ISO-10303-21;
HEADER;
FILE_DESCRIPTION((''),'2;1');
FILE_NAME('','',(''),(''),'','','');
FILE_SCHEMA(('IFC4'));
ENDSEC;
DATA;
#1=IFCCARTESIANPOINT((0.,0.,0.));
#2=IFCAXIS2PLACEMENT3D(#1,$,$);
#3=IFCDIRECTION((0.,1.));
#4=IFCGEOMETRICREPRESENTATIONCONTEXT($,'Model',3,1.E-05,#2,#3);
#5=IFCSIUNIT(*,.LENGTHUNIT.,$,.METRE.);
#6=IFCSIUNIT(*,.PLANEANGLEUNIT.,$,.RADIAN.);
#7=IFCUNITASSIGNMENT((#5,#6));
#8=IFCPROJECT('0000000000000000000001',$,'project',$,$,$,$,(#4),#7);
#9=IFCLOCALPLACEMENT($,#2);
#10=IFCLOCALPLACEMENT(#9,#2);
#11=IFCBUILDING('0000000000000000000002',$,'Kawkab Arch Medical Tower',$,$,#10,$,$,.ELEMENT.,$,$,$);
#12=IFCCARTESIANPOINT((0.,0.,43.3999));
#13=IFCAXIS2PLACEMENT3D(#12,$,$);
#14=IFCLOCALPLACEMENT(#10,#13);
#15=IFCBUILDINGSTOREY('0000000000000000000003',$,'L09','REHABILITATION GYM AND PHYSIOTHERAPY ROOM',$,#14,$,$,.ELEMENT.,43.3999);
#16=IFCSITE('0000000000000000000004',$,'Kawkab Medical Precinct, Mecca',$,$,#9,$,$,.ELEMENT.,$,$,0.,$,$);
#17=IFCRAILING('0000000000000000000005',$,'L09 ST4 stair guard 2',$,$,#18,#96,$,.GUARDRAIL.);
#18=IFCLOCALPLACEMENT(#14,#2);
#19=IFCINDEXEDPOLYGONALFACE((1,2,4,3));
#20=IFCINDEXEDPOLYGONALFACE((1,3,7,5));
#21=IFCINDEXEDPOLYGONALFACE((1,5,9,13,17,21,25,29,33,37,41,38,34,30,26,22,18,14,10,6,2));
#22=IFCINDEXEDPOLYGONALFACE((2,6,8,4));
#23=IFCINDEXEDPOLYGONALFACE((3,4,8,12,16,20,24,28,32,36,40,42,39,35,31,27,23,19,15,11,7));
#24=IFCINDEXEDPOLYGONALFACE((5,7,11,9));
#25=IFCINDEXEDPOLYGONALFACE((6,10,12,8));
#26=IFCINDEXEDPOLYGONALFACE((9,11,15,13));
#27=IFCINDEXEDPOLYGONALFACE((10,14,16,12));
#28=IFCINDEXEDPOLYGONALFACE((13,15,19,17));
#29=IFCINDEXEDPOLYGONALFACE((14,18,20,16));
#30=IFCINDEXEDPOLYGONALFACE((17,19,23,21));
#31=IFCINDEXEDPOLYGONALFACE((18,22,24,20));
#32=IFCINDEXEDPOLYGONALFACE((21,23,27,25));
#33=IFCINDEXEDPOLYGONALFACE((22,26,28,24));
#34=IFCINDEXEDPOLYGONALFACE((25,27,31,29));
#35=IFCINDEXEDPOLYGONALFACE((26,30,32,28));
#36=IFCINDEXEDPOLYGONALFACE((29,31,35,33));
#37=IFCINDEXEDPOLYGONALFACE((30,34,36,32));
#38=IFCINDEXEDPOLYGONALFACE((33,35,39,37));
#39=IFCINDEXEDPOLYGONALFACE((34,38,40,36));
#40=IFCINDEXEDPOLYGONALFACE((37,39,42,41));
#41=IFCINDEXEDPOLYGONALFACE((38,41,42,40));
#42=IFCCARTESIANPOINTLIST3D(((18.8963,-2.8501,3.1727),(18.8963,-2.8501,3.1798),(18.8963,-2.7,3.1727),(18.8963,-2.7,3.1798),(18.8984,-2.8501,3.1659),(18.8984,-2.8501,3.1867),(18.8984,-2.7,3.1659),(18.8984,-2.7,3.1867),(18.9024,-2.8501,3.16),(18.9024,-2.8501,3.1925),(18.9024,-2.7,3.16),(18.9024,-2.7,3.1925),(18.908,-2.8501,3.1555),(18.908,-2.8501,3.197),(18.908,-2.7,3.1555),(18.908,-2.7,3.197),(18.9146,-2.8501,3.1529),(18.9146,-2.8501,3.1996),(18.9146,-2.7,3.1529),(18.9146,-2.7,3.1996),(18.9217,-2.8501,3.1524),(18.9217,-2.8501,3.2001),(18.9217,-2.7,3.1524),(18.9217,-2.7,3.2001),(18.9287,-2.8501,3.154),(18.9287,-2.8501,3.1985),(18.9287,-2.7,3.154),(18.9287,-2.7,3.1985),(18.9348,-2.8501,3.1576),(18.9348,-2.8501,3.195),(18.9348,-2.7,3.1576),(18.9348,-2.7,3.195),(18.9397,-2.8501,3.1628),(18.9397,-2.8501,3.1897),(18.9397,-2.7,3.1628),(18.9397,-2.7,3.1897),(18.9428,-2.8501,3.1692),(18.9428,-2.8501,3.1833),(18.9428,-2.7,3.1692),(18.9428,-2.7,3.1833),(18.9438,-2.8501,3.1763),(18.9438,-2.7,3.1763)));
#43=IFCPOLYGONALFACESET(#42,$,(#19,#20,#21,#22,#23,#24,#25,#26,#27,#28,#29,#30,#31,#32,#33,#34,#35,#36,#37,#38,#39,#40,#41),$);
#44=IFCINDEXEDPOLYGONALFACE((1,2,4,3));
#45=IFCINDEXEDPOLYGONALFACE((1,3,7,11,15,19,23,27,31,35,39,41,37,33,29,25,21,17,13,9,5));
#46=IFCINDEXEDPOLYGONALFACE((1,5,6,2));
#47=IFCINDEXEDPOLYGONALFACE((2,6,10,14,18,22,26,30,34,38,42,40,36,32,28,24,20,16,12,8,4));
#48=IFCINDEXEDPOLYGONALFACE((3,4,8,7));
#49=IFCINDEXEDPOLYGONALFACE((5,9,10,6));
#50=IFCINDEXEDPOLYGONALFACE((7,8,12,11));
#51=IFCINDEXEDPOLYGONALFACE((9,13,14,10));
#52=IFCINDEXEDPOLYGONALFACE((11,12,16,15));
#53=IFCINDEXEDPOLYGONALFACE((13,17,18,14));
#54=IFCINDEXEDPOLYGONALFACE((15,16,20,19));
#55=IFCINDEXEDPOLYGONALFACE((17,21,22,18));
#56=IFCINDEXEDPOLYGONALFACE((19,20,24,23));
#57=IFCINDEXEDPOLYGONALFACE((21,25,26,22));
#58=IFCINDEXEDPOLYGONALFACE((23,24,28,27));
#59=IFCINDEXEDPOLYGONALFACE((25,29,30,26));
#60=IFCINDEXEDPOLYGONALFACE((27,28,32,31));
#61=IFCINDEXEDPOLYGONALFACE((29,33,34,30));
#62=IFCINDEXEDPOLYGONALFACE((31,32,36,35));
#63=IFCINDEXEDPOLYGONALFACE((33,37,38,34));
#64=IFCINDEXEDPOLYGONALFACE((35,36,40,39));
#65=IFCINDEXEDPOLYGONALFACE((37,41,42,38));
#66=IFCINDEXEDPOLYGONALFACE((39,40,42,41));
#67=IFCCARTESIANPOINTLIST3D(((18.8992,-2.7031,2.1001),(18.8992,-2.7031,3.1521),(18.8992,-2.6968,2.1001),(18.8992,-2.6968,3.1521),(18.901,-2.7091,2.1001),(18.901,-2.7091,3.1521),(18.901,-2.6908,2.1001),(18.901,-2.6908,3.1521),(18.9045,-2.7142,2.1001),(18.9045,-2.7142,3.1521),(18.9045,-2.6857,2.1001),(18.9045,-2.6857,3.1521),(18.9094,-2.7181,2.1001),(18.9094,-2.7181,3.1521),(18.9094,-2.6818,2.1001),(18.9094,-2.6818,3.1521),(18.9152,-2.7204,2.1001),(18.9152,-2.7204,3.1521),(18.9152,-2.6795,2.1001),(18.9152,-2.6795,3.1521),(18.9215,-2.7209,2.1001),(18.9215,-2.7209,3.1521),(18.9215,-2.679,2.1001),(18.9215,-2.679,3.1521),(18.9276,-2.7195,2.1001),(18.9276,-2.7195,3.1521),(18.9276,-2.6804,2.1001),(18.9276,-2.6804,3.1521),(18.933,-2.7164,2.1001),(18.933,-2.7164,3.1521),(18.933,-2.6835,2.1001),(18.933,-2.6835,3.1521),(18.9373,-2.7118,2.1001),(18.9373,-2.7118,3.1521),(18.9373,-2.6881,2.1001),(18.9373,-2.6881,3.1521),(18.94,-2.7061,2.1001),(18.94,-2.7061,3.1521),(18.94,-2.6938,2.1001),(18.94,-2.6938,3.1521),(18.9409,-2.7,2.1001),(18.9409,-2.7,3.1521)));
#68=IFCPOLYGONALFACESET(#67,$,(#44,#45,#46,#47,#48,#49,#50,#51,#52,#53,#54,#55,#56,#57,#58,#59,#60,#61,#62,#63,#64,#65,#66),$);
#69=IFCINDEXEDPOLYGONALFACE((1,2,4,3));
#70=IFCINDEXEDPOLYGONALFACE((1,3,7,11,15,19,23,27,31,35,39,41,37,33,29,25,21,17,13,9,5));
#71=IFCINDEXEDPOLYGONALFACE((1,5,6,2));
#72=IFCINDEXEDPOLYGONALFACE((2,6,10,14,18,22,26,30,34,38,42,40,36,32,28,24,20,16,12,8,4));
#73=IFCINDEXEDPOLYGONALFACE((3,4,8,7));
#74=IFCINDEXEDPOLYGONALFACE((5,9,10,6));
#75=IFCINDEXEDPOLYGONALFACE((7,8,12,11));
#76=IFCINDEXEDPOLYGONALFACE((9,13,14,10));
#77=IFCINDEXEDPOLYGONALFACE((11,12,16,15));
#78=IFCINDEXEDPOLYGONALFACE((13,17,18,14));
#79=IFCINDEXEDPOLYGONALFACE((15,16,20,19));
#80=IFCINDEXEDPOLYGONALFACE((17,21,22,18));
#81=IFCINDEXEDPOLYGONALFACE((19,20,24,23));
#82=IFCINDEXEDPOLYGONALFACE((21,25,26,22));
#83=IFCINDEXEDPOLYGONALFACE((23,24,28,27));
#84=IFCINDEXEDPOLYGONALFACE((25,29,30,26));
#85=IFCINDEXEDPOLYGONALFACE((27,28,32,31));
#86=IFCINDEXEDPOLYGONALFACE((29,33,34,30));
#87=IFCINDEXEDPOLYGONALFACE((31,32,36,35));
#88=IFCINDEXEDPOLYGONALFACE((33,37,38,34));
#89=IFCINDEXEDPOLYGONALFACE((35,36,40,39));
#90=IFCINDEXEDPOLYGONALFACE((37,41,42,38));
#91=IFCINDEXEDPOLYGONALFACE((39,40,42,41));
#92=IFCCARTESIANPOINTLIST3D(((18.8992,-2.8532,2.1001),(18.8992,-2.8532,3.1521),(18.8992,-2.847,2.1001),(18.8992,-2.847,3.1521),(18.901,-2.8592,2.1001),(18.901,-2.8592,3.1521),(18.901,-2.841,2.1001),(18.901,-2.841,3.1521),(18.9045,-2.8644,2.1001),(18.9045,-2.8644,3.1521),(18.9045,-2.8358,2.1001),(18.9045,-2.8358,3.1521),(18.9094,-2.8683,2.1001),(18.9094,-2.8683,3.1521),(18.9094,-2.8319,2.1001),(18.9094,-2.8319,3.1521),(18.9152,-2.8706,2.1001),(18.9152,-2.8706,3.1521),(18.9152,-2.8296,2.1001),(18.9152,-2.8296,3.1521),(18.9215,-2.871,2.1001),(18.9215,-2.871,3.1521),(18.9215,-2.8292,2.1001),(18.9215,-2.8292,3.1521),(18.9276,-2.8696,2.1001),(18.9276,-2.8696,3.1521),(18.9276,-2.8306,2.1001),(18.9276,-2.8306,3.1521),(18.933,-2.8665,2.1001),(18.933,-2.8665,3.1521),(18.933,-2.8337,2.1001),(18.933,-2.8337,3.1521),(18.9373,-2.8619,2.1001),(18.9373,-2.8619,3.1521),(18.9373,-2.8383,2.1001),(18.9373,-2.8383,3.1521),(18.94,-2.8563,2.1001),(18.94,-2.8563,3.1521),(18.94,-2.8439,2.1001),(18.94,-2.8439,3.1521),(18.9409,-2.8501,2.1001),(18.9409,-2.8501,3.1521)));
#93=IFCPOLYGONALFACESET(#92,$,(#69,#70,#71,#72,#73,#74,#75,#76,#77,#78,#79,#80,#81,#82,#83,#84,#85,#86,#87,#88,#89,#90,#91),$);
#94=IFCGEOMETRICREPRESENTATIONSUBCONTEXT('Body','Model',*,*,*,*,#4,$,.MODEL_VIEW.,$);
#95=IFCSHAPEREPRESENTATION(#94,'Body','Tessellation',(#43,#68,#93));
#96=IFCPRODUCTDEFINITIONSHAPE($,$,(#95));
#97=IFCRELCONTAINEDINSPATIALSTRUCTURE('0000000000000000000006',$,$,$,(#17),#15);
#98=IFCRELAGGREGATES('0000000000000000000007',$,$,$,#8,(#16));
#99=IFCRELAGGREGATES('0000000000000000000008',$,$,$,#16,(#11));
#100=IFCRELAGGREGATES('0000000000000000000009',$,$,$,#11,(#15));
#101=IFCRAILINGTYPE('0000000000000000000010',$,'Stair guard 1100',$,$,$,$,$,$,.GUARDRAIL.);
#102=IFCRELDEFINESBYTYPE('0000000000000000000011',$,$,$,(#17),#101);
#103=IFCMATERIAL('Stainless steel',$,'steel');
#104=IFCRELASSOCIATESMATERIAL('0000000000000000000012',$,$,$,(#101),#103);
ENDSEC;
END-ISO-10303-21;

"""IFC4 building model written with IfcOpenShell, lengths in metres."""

from ifc_helpers import new_model, si_unit, direction, frame, origin, origin_2d, place, context, subcontext, project, spatial, circle, extrude, material, type_object, element, save


model = new_model("IFC4")

# Units and contexts
model_context = context("Model", 3, precision=1e-05, world=origin(), true_north=direction((0.0, 1.0)))
body_context = subcontext(model_context, "Body", "Model", "MODEL_VIEW")
ifc_project = project(units=[si_unit("LENGTHUNIT", "METRE"), si_unit("PLANEANGLEUNIT", "RADIAN")], contexts=[model_context])

# Site, building, storey
site_placement = place(None, origin())
site = spatial("IfcSite", under=ifc_project, at=site_placement, Name="Kawkab Medical Precinct, Mecca", CompositionType="ELEMENT", RefElevation=0.0)
building_placement = place(site_placement, origin())
building = spatial("IfcBuilding", under=site, at=building_placement, Name="Kawkab Arch Medical Tower", CompositionType="ELEMENT")
storey_placement = place(building_placement, frame((0.0, 0.0, 43.3999)))
storey = spatial("IfcBuildingStorey", under=building, at=storey_placement, Name="L09", Description="REHABILITATION GYM AND PHYSIOTHERAPY ROOM", CompositionType="ELEMENT", Elevation=43.3999)

# Railing
ifc_material_1 = material(Name="Stainless steel", Category="steel")
railing_type_1 = type_object("IfcRailingType", Name="Stair guard 1100", PredefinedType="GUARDRAIL", material=ifc_material_1)
railing_1_placement = place(storey_placement, frame((18.9199, -2.7, 2.1001)))
element("IfcRailing", 1, at=railing_1_placement, inside=storey, type_object=railing_type_1, Name="L09 ST4 stair guard 2", PredefinedType="GUARDRAIL", context=body_context, shape_type="SweptSolid", body=[
    extrude(circle(Radius=0.0239, at=origin_2d()), frame((0.0, 0.0, 1.0762), z_axis=(0.0, -1.0, 0.0), x_axis=(1.0, 0.0, 0.0)), (0.0, 0.0, 1.0), 0.1501),
    extrude(circle(Radius=0.021, at=origin_2d()), origin(), (0.0, 0.0, 1.0), 1.052),
    extrude(circle(Radius=0.021, at=origin_2d()), frame((0.0, -0.1501, 0.0)), (0.0, 0.0, 1.0), 1.052),
])

save(model, "model.ifc")
